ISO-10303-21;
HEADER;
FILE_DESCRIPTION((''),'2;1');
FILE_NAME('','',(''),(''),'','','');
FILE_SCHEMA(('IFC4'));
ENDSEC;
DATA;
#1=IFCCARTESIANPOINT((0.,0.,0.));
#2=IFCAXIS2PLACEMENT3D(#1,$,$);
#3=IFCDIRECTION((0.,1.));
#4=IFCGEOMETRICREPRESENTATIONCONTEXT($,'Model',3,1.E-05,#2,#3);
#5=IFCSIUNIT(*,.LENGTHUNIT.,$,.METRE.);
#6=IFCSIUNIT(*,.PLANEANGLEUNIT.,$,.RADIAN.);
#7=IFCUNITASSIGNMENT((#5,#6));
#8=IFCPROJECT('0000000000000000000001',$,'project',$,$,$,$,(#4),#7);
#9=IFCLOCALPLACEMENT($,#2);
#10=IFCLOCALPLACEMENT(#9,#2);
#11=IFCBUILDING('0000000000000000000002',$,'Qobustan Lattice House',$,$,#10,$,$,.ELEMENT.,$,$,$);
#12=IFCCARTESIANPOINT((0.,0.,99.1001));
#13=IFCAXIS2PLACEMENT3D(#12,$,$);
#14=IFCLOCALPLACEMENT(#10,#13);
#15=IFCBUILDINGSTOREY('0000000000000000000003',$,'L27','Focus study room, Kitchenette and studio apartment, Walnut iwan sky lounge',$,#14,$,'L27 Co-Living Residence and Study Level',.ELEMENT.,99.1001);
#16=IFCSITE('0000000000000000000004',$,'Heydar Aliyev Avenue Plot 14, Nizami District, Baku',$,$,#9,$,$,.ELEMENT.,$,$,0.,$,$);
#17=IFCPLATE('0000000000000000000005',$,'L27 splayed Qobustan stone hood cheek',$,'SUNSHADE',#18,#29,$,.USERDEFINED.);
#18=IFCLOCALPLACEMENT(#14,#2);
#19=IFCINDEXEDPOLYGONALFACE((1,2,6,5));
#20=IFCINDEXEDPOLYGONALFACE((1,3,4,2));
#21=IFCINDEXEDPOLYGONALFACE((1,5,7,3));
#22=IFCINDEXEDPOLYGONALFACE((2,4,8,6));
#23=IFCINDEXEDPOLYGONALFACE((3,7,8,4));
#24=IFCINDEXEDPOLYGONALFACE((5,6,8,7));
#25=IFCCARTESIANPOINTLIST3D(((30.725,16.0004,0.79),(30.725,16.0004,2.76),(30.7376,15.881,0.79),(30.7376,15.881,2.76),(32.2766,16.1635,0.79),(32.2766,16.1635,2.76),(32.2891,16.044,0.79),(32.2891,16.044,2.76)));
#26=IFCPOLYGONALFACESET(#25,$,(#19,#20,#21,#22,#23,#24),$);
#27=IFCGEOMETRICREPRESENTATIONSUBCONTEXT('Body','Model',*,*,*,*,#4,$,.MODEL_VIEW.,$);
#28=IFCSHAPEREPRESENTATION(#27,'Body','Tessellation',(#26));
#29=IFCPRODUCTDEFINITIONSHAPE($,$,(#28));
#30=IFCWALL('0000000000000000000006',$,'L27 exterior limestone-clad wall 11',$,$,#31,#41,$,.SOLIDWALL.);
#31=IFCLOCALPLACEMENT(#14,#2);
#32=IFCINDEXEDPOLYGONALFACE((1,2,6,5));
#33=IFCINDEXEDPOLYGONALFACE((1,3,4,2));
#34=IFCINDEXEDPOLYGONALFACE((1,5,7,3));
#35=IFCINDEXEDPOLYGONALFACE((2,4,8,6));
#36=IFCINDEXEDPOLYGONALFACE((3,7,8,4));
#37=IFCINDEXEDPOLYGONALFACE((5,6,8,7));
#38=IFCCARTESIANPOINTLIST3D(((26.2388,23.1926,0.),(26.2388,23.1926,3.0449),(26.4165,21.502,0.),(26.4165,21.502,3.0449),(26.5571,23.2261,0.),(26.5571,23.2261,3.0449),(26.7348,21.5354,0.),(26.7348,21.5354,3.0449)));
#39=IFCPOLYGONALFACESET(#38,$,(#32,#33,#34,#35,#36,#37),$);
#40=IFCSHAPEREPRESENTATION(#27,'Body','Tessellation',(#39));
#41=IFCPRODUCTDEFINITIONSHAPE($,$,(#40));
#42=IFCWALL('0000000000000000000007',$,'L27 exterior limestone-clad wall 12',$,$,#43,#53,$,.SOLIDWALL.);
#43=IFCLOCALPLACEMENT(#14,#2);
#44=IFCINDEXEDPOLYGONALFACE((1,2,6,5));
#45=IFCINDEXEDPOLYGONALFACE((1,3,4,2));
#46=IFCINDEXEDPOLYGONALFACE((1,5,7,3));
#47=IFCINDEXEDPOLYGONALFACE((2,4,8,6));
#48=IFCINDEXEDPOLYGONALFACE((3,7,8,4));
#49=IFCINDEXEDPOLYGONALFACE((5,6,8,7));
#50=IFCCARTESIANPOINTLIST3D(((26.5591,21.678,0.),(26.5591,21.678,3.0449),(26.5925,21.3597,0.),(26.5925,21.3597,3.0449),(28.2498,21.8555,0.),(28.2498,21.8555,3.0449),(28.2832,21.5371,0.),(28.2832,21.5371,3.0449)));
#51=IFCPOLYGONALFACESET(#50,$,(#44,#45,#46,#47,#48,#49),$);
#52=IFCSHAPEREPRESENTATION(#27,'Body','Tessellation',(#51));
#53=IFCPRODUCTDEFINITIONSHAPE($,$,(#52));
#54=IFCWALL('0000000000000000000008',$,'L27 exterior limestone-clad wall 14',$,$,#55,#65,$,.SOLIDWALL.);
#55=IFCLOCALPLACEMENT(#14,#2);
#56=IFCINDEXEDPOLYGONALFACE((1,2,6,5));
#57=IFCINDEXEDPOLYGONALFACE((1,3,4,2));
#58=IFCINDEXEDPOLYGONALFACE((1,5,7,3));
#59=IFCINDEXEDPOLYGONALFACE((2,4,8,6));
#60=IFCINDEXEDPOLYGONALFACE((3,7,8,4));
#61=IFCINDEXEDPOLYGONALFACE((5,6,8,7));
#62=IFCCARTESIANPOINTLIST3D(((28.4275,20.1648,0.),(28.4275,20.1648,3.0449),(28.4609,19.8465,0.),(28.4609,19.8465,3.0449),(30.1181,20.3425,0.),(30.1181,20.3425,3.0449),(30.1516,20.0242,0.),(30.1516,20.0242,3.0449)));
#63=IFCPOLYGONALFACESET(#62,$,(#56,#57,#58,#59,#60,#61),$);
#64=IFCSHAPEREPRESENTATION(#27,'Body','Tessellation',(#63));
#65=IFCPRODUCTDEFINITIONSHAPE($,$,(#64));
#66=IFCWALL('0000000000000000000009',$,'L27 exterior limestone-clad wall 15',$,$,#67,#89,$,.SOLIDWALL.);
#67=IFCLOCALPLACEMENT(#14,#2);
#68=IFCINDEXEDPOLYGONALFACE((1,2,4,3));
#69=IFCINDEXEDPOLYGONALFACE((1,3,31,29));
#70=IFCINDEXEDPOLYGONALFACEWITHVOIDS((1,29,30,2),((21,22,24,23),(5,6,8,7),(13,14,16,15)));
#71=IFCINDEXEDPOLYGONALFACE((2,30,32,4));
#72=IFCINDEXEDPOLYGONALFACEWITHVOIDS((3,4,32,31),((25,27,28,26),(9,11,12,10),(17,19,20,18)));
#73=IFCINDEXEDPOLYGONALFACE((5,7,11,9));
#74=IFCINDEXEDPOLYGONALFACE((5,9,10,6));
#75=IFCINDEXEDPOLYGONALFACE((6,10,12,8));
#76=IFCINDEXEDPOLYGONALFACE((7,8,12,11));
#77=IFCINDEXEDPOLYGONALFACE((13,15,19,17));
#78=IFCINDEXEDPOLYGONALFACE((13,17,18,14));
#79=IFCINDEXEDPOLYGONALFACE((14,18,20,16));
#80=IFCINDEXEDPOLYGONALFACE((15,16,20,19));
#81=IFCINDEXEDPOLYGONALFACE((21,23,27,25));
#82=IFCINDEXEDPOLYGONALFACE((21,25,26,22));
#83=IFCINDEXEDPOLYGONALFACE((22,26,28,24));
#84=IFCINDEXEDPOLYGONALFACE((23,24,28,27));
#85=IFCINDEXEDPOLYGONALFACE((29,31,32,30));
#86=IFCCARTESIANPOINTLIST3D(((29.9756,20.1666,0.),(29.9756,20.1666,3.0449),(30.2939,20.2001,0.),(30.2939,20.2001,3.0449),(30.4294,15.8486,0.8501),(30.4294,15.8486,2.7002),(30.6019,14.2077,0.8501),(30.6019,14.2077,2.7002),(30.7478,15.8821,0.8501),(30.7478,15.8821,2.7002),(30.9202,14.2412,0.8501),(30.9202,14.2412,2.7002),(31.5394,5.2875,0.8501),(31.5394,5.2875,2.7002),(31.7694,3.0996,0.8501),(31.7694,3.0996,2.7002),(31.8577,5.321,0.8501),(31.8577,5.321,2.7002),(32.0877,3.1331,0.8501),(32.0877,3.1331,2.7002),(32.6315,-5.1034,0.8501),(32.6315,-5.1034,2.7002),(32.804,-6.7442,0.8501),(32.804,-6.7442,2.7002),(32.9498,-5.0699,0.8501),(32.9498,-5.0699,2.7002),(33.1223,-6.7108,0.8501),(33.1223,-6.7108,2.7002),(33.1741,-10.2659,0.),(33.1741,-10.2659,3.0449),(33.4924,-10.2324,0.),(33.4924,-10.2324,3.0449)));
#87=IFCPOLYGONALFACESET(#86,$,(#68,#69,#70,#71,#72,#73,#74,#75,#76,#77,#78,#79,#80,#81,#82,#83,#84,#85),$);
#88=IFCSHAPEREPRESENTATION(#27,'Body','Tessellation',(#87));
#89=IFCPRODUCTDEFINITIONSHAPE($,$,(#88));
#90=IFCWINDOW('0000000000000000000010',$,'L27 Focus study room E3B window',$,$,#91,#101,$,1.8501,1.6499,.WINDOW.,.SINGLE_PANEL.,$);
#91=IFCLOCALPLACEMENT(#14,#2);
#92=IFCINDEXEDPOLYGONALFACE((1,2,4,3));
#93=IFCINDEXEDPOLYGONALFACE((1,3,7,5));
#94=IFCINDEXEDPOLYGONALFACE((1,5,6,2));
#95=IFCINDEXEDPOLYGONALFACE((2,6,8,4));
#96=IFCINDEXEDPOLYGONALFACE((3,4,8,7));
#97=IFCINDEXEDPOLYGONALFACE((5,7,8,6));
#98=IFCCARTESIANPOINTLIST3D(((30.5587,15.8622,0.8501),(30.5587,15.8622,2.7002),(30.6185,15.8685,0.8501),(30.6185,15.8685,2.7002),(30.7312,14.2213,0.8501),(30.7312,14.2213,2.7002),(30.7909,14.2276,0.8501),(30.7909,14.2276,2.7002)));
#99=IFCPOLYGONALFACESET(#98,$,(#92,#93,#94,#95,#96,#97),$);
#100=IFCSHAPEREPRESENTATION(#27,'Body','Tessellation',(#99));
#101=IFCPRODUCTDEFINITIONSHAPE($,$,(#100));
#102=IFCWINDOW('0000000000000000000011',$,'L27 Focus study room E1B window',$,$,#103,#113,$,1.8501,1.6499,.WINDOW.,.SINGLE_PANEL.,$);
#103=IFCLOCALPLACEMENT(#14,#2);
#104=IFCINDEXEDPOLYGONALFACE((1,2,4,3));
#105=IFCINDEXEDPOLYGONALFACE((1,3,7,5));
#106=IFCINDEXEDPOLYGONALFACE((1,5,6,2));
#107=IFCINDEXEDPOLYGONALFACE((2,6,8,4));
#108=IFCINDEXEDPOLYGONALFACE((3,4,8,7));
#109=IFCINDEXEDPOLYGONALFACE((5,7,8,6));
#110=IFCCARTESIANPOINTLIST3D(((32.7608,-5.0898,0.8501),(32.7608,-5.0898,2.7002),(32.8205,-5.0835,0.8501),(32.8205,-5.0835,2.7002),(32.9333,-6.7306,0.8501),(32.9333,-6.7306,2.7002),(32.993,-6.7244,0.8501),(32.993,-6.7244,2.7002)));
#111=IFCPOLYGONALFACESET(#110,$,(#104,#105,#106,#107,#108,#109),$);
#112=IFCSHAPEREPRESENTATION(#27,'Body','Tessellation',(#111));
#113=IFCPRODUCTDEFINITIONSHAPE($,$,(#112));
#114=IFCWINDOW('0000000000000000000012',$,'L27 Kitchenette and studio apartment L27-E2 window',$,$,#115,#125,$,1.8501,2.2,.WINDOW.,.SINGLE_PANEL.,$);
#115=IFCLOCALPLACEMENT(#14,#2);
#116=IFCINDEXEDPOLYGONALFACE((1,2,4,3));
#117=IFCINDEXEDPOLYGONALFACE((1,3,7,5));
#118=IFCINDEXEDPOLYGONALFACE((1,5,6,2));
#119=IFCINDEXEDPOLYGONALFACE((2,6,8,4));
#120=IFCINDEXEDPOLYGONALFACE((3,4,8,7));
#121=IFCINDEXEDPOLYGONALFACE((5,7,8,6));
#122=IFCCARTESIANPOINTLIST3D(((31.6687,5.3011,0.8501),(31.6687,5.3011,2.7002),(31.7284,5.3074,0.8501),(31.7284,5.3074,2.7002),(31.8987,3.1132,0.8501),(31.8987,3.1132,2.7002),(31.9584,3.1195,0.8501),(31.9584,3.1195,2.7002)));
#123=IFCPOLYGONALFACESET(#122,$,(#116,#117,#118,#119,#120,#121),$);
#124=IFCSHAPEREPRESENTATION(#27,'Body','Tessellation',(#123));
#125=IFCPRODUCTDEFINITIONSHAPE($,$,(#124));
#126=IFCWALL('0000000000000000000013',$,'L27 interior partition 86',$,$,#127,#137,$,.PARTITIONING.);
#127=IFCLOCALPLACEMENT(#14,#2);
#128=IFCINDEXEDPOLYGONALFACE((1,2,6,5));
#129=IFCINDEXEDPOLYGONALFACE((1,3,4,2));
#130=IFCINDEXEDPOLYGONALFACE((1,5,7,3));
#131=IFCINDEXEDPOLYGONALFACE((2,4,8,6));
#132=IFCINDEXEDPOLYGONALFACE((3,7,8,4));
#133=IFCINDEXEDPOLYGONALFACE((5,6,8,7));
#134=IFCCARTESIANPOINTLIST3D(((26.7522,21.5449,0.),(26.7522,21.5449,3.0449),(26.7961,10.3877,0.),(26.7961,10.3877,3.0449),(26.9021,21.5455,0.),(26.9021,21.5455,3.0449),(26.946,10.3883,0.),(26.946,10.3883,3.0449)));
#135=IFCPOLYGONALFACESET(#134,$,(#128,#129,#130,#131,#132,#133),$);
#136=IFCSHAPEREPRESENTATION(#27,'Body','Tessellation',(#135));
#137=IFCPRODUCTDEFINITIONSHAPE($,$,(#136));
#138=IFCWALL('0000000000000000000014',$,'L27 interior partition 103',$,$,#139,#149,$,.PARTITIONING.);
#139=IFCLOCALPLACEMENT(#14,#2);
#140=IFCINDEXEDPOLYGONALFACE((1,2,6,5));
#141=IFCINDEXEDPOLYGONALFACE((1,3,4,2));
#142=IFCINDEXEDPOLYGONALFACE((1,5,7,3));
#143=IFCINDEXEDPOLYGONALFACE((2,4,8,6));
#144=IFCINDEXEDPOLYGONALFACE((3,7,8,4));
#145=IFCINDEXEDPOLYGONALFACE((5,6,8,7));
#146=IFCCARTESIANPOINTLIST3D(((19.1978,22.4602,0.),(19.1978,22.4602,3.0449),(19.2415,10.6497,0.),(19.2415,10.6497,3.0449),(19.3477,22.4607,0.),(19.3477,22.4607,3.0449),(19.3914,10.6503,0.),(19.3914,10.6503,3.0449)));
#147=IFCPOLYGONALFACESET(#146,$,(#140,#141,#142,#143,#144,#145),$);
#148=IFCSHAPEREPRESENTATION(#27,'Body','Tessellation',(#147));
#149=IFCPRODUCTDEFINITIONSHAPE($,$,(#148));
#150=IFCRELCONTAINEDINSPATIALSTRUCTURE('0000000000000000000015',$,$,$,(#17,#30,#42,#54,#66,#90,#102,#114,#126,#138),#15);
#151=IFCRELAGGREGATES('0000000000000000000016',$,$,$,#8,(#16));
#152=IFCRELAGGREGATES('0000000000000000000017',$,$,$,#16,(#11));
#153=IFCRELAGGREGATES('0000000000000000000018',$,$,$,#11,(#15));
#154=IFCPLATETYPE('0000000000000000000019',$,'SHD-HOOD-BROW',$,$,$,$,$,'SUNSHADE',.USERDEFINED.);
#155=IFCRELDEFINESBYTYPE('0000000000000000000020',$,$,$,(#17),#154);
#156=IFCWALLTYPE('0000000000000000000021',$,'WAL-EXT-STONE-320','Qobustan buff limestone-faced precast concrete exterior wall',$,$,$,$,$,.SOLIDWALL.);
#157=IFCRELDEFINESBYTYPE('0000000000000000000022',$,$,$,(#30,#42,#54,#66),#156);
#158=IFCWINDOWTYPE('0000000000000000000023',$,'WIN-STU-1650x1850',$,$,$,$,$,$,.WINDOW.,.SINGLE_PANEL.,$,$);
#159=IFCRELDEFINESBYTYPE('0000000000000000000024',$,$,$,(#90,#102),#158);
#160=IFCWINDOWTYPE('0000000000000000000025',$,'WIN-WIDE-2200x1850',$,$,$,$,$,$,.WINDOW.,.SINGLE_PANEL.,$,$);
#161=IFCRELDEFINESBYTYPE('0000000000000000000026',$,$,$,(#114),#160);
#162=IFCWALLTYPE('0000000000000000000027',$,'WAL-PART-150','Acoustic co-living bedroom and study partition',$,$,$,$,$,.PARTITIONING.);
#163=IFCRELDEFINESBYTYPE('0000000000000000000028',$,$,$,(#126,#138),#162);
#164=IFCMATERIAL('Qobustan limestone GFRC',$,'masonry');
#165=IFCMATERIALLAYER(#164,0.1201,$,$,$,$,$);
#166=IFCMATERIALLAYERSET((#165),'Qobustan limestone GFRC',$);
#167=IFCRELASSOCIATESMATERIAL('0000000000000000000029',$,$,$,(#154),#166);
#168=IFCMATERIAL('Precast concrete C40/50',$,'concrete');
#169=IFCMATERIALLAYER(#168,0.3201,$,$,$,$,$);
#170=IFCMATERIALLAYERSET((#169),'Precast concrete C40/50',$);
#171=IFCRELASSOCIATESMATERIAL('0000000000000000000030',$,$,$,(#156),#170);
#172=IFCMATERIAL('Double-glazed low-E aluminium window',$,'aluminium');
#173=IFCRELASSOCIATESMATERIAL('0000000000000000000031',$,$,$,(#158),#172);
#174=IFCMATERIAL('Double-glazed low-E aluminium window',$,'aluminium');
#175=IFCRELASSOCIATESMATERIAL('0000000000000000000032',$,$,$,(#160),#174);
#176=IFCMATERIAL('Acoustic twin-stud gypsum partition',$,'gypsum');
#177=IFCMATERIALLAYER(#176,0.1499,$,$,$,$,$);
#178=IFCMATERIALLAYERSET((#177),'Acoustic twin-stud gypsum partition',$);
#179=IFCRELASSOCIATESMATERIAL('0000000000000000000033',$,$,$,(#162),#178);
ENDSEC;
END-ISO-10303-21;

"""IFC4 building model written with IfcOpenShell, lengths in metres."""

from ifc_helpers import new_model, si_unit, direction, frame, frame_2d, origin, origin_2d, place, context, subcontext, project, spatial, rectangle, extrude, material, layer, layer_set, type_object, element, fill, save


model = new_model("IFC4")

# Units and contexts
model_context = context("Model", 3, precision=1e-05, world=origin(), true_north=direction((0.0, 1.0)))
body_context = subcontext(model_context, "Body", "Model", "MODEL_VIEW")
ifc_project = project(units=[si_unit("LENGTHUNIT", "METRE"), si_unit("PLANEANGLEUNIT", "RADIAN")], contexts=[model_context])

# Site, building, storey
site_placement = place(None, origin())
site = spatial("IfcSite", under=ifc_project, at=site_placement, Name="Heydar Aliyev Avenue Plot 14, Nizami District, Baku", CompositionType="ELEMENT", RefElevation=0.0)
building_placement = place(site_placement, origin())
building = spatial("IfcBuilding", under=site, at=building_placement, Name="Qobustan Lattice House", CompositionType="ELEMENT")
storey_placement = place(building_placement, frame((0.0, 0.0, 99.1001)))
storey = spatial("IfcBuildingStorey", under=building, at=storey_placement, Name="L27", Description="Focus study room, Kitchenette and studio apartment, Walnut iwan sky lounge", LongName="L27 Co-Living Residence and Study Level", CompositionType="ELEMENT", Elevation=99.1001)

# Plate
ifc_material_1 = material(Name="Qobustan limestone GFRC", Category="masonry")
ifc_layer_1 = layer(ifc_material_1, 0.1201)
ifc_layer_set_1 = layer_set([ifc_layer_1], Name="Qobustan limestone GFRC")
plate_type_1 = type_object("IfcPlateType", Name="SHD-HOOD-BROW", ElementType="SUNSHADE", PredefinedType="USERDEFINED", material=ifc_layer_set_1)
plate_1_placement = place(storey_placement, frame((31.5071, 16.0222, 0.79), z_axis=(0.0, 0.0, 1.0), x_axis=(0.104528, -0.994522, 0.0)))
element("IfcPlate", 1, at=plate_1_placement, inside=storey, type_object=plate_type_1, Name="L27 splayed Qobustan stone hood cheek", ObjectType="SUNSHADE", PredefinedType="USERDEFINED", context=body_context, shape_type="SweptSolid", body=[
    extrude(rectangle(XDim=0.1201, YDim=1.5601, at=origin_2d()), origin(), (0.0, 0.0, 1.0), 1.97),
])

# Walls
ifc_material_2 = material(Name="Precast concrete C40/50", Category="concrete")
ifc_layer_2 = layer(ifc_material_2, 0.3201)
ifc_layer_set_2 = layer_set([ifc_layer_2], Name="Precast concrete C40/50")
wall_type_1 = type_object("IfcWallType", Name="WAL-EXT-STONE-320", Description="Qobustan buff limestone-faced precast concrete exterior wall", PredefinedType="SOLIDWALL", material=ifc_layer_set_2)
for number, where, z_axis, x_axis, name in (
    (2, (26.3979, 23.2095, 0.0), (0.0, 0.0, 1.0), (0.10455, -0.99452, 0.0), "L27 exterior limestone-clad wall 11"),
    (3, (26.5757, 21.5188, 0.0), (0.0, 0.0, 1.0), (0.994535, 0.104408, 0.0), "L27 exterior limestone-clad wall 12"),
    (4, (28.4441, 20.0056, 0.0), (0.0, 0.0, 1.0), (0.99452, 0.10455, 0.0), "L27 exterior limestone-clad wall 14"),
):
    element("IfcWall", number, at=place(storey_placement, frame(where, z_axis=z_axis, x_axis=x_axis)), inside=storey, type_object=wall_type_1, Name=name, PredefinedType="SOLIDWALL", context=body_context, shape_type="SweptSolid", body=[
        extrude(rectangle(XDim=1.7, YDim=0.3201, at=frame_2d((0.8501, 0.0))), origin(), (0.0, 0.0, 1.0), 3.0449),
    ])

# Wall, openings, windows
wall_1_placement = place(storey_placement, frame((30.1348, 20.1833, 0.0), z_axis=(0.0, 0.0, 1.0), x_axis=(0.104526, -0.994522, 0.0)))
wall_1 = element("IfcWall", 5, at=wall_1_placement, inside=storey, type_object=wall_type_1, Name="L27 exterior limestone-clad wall 15", PredefinedType="SOLIDWALL", context=body_context, shape_type="SweptSolid", body=[
    extrude(rectangle(XDim=30.6001, YDim=0.3201, at=frame_2d((15.3, 0.0))), origin(), (0.0, 0.0, 1.0), 3.0449),
])
opening_1_placement = place(wall_1_placement, frame((4.3418, 0.0, 0.8501)))
opening_1 = element("IfcOpeningElement", 6, at=opening_1_placement, cuts=wall_1, PredefinedType="OPENING", context=body_context, shape_type="SweptSolid", body=[
    extrude(rectangle(XDim=1.6499, YDim=1.8501, at=frame_2d((0.825, 0.925))), frame((0.0, 0.1699, 0.0), z_axis=(0.0, -1.0, 0.0), x_axis=(1.0, 0.0, 0.0)), (0.0, 0.0, 1.0), 0.3401),
])
opening_2_placement = place(wall_1_placement, frame((14.9609, 0.0, 0.8501)))
opening_2 = element("IfcOpeningElement", 7, at=opening_2_placement, cuts=wall_1, PredefinedType="OPENING", context=body_context, shape_type="SweptSolid", body=[
    extrude(rectangle(XDim=2.2, YDim=1.8501, at=frame_2d((1.1001, 0.925))), frame((0.0, 0.1699, 0.0), z_axis=(0.0, -1.0, 0.0), x_axis=(1.0, 0.0, 0.0)), (0.0, 0.0, 1.0), 0.3401),
])
opening_3_placement = place(wall_1_placement, frame((25.4092, 0.0, 0.8501)))
opening_3 = element("IfcOpeningElement", 8, at=opening_3_placement, cuts=wall_1, PredefinedType="OPENING", context=body_context, shape_type="SweptSolid", body=[
    extrude(rectangle(XDim=1.6499, YDim=1.8501, at=frame_2d((0.825, 0.925))), frame((0.0, 0.1699, 0.0), z_axis=(0.0, -1.0, 0.0), x_axis=(1.0, 0.0, 0.0)), (0.0, 0.0, 1.0), 0.3401),
])
ifc_material_3 = material(Name="Double-glazed low-E aluminium window", Category="aluminium")
window_type_1 = type_object("IfcWindowType", Name="WIN-STU-1650x1850", PartitioningType="SINGLE_PANEL", PredefinedType="WINDOW", material=ifc_material_3)
window_1_placement = place(opening_1_placement, origin())
window_1 = element("IfcWindow", 9, at=window_1_placement, inside=storey, type_object=window_type_1, Name="L27 Focus study room E3B window", OverallHeight=1.8501, OverallWidth=1.6499, PartitioningType="SINGLE_PANEL", PredefinedType="WINDOW", context=body_context, shape_type="SweptSolid", body=[
    extrude(rectangle(XDim=1.6499, YDim=1.8501, at=frame_2d((0.825, 0.925))), frame((0.0, 0.03, 0.0), z_axis=(0.0, -1.0, 0.0), x_axis=(1.0, 0.0, 0.0)), (0.0, 0.0, 1.0), 0.0601),
])
fill(opening_1, window_1)
window_2_placement = place(opening_3_placement, origin())
window_2 = element("IfcWindow", 10, at=window_2_placement, inside=storey, type_object=window_type_1, Name="L27 Focus study room E1B window", OverallHeight=1.8501, OverallWidth=1.6499, PartitioningType="SINGLE_PANEL", PredefinedType="WINDOW", context=body_context, shape_type="SweptSolid", body=[
    extrude(rectangle(XDim=1.6499, YDim=1.8501, at=frame_2d((0.825, 0.925))), frame((0.0, 0.03, 0.0), z_axis=(0.0, -1.0, 0.0), x_axis=(1.0, 0.0, 0.0)), (0.0, 0.0, 1.0), 0.0601),
])
fill(opening_3, window_2)
ifc_material_4 = material(Name="Double-glazed low-E aluminium window", Category="aluminium")
window_type_2 = type_object("IfcWindowType", Name="WIN-WIDE-2200x1850", PartitioningType="SINGLE_PANEL", PredefinedType="WINDOW", material=ifc_material_4)
window_3_placement = place(opening_2_placement, origin())
window_3 = element("IfcWindow", 11, at=window_3_placement, inside=storey, type_object=window_type_2, Name="L27 Kitchenette and studio apartment L27-E2 window", OverallHeight=1.8501, OverallWidth=2.2, PartitioningType="SINGLE_PANEL", PredefinedType="WINDOW", context=body_context, shape_type="SweptSolid", body=[
    extrude(rectangle(XDim=2.2, YDim=1.8501, at=frame_2d((1.1001, 0.925))), frame((0.0, 0.03, 0.0), z_axis=(0.0, -1.0, 0.0), x_axis=(1.0, 0.0, 0.0)), (0.0, 0.0, 1.0), 0.0601),
])
fill(opening_2, window_3)

# Walls
ifc_material_5 = material(Name="Acoustic twin-stud gypsum partition", Category="gypsum")
ifc_layer_3 = layer(ifc_material_5, 0.1499)
ifc_layer_set_3 = layer_set([ifc_layer_3], Name="Acoustic twin-stud gypsum partition")
wall_type_2 = type_object("IfcWallType", Name="WAL-PART-150", Description="Acoustic co-living bedroom and study partition", PredefinedType="PARTITIONING", material=ifc_layer_set_3)
wall_2_placement = place(storey_placement, frame((26.8271, 21.5452, 0.0), z_axis=(0.0, 0.0, 1.0), x_axis=(0.003939, -0.999992, 0.0)))
element("IfcWall", 12, at=wall_2_placement, inside=storey, type_object=wall_type_2, Name="L27 interior partition 86", PredefinedType="PARTITIONING", context=body_context, shape_type="SweptSolid", body=[
    extrude(rectangle(XDim=11.1572, YDim=0.1499, at=frame_2d((5.5786, 0.0))), origin(), (0.0, 0.0, 1.0), 3.0449),
])
wall_3_placement = place(storey_placement, frame((19.2727, 22.4604, 0.0), z_axis=(0.0, 0.0, 1.0), x_axis=(0.0037, -0.999993, 0.0)))
element("IfcWall", 13, at=wall_3_placement, inside=storey, type_object=wall_type_2, Name="L27 interior partition 103", PredefinedType="PARTITIONING", context=body_context, shape_type="SweptSolid", body=[
    extrude(rectangle(XDim=11.8105, YDim=0.1499, at=frame_2d((5.9053, 0.0))), origin(), (0.0, 0.0, 1.0), 3.0449),
])

save(model, "model.ifc")
